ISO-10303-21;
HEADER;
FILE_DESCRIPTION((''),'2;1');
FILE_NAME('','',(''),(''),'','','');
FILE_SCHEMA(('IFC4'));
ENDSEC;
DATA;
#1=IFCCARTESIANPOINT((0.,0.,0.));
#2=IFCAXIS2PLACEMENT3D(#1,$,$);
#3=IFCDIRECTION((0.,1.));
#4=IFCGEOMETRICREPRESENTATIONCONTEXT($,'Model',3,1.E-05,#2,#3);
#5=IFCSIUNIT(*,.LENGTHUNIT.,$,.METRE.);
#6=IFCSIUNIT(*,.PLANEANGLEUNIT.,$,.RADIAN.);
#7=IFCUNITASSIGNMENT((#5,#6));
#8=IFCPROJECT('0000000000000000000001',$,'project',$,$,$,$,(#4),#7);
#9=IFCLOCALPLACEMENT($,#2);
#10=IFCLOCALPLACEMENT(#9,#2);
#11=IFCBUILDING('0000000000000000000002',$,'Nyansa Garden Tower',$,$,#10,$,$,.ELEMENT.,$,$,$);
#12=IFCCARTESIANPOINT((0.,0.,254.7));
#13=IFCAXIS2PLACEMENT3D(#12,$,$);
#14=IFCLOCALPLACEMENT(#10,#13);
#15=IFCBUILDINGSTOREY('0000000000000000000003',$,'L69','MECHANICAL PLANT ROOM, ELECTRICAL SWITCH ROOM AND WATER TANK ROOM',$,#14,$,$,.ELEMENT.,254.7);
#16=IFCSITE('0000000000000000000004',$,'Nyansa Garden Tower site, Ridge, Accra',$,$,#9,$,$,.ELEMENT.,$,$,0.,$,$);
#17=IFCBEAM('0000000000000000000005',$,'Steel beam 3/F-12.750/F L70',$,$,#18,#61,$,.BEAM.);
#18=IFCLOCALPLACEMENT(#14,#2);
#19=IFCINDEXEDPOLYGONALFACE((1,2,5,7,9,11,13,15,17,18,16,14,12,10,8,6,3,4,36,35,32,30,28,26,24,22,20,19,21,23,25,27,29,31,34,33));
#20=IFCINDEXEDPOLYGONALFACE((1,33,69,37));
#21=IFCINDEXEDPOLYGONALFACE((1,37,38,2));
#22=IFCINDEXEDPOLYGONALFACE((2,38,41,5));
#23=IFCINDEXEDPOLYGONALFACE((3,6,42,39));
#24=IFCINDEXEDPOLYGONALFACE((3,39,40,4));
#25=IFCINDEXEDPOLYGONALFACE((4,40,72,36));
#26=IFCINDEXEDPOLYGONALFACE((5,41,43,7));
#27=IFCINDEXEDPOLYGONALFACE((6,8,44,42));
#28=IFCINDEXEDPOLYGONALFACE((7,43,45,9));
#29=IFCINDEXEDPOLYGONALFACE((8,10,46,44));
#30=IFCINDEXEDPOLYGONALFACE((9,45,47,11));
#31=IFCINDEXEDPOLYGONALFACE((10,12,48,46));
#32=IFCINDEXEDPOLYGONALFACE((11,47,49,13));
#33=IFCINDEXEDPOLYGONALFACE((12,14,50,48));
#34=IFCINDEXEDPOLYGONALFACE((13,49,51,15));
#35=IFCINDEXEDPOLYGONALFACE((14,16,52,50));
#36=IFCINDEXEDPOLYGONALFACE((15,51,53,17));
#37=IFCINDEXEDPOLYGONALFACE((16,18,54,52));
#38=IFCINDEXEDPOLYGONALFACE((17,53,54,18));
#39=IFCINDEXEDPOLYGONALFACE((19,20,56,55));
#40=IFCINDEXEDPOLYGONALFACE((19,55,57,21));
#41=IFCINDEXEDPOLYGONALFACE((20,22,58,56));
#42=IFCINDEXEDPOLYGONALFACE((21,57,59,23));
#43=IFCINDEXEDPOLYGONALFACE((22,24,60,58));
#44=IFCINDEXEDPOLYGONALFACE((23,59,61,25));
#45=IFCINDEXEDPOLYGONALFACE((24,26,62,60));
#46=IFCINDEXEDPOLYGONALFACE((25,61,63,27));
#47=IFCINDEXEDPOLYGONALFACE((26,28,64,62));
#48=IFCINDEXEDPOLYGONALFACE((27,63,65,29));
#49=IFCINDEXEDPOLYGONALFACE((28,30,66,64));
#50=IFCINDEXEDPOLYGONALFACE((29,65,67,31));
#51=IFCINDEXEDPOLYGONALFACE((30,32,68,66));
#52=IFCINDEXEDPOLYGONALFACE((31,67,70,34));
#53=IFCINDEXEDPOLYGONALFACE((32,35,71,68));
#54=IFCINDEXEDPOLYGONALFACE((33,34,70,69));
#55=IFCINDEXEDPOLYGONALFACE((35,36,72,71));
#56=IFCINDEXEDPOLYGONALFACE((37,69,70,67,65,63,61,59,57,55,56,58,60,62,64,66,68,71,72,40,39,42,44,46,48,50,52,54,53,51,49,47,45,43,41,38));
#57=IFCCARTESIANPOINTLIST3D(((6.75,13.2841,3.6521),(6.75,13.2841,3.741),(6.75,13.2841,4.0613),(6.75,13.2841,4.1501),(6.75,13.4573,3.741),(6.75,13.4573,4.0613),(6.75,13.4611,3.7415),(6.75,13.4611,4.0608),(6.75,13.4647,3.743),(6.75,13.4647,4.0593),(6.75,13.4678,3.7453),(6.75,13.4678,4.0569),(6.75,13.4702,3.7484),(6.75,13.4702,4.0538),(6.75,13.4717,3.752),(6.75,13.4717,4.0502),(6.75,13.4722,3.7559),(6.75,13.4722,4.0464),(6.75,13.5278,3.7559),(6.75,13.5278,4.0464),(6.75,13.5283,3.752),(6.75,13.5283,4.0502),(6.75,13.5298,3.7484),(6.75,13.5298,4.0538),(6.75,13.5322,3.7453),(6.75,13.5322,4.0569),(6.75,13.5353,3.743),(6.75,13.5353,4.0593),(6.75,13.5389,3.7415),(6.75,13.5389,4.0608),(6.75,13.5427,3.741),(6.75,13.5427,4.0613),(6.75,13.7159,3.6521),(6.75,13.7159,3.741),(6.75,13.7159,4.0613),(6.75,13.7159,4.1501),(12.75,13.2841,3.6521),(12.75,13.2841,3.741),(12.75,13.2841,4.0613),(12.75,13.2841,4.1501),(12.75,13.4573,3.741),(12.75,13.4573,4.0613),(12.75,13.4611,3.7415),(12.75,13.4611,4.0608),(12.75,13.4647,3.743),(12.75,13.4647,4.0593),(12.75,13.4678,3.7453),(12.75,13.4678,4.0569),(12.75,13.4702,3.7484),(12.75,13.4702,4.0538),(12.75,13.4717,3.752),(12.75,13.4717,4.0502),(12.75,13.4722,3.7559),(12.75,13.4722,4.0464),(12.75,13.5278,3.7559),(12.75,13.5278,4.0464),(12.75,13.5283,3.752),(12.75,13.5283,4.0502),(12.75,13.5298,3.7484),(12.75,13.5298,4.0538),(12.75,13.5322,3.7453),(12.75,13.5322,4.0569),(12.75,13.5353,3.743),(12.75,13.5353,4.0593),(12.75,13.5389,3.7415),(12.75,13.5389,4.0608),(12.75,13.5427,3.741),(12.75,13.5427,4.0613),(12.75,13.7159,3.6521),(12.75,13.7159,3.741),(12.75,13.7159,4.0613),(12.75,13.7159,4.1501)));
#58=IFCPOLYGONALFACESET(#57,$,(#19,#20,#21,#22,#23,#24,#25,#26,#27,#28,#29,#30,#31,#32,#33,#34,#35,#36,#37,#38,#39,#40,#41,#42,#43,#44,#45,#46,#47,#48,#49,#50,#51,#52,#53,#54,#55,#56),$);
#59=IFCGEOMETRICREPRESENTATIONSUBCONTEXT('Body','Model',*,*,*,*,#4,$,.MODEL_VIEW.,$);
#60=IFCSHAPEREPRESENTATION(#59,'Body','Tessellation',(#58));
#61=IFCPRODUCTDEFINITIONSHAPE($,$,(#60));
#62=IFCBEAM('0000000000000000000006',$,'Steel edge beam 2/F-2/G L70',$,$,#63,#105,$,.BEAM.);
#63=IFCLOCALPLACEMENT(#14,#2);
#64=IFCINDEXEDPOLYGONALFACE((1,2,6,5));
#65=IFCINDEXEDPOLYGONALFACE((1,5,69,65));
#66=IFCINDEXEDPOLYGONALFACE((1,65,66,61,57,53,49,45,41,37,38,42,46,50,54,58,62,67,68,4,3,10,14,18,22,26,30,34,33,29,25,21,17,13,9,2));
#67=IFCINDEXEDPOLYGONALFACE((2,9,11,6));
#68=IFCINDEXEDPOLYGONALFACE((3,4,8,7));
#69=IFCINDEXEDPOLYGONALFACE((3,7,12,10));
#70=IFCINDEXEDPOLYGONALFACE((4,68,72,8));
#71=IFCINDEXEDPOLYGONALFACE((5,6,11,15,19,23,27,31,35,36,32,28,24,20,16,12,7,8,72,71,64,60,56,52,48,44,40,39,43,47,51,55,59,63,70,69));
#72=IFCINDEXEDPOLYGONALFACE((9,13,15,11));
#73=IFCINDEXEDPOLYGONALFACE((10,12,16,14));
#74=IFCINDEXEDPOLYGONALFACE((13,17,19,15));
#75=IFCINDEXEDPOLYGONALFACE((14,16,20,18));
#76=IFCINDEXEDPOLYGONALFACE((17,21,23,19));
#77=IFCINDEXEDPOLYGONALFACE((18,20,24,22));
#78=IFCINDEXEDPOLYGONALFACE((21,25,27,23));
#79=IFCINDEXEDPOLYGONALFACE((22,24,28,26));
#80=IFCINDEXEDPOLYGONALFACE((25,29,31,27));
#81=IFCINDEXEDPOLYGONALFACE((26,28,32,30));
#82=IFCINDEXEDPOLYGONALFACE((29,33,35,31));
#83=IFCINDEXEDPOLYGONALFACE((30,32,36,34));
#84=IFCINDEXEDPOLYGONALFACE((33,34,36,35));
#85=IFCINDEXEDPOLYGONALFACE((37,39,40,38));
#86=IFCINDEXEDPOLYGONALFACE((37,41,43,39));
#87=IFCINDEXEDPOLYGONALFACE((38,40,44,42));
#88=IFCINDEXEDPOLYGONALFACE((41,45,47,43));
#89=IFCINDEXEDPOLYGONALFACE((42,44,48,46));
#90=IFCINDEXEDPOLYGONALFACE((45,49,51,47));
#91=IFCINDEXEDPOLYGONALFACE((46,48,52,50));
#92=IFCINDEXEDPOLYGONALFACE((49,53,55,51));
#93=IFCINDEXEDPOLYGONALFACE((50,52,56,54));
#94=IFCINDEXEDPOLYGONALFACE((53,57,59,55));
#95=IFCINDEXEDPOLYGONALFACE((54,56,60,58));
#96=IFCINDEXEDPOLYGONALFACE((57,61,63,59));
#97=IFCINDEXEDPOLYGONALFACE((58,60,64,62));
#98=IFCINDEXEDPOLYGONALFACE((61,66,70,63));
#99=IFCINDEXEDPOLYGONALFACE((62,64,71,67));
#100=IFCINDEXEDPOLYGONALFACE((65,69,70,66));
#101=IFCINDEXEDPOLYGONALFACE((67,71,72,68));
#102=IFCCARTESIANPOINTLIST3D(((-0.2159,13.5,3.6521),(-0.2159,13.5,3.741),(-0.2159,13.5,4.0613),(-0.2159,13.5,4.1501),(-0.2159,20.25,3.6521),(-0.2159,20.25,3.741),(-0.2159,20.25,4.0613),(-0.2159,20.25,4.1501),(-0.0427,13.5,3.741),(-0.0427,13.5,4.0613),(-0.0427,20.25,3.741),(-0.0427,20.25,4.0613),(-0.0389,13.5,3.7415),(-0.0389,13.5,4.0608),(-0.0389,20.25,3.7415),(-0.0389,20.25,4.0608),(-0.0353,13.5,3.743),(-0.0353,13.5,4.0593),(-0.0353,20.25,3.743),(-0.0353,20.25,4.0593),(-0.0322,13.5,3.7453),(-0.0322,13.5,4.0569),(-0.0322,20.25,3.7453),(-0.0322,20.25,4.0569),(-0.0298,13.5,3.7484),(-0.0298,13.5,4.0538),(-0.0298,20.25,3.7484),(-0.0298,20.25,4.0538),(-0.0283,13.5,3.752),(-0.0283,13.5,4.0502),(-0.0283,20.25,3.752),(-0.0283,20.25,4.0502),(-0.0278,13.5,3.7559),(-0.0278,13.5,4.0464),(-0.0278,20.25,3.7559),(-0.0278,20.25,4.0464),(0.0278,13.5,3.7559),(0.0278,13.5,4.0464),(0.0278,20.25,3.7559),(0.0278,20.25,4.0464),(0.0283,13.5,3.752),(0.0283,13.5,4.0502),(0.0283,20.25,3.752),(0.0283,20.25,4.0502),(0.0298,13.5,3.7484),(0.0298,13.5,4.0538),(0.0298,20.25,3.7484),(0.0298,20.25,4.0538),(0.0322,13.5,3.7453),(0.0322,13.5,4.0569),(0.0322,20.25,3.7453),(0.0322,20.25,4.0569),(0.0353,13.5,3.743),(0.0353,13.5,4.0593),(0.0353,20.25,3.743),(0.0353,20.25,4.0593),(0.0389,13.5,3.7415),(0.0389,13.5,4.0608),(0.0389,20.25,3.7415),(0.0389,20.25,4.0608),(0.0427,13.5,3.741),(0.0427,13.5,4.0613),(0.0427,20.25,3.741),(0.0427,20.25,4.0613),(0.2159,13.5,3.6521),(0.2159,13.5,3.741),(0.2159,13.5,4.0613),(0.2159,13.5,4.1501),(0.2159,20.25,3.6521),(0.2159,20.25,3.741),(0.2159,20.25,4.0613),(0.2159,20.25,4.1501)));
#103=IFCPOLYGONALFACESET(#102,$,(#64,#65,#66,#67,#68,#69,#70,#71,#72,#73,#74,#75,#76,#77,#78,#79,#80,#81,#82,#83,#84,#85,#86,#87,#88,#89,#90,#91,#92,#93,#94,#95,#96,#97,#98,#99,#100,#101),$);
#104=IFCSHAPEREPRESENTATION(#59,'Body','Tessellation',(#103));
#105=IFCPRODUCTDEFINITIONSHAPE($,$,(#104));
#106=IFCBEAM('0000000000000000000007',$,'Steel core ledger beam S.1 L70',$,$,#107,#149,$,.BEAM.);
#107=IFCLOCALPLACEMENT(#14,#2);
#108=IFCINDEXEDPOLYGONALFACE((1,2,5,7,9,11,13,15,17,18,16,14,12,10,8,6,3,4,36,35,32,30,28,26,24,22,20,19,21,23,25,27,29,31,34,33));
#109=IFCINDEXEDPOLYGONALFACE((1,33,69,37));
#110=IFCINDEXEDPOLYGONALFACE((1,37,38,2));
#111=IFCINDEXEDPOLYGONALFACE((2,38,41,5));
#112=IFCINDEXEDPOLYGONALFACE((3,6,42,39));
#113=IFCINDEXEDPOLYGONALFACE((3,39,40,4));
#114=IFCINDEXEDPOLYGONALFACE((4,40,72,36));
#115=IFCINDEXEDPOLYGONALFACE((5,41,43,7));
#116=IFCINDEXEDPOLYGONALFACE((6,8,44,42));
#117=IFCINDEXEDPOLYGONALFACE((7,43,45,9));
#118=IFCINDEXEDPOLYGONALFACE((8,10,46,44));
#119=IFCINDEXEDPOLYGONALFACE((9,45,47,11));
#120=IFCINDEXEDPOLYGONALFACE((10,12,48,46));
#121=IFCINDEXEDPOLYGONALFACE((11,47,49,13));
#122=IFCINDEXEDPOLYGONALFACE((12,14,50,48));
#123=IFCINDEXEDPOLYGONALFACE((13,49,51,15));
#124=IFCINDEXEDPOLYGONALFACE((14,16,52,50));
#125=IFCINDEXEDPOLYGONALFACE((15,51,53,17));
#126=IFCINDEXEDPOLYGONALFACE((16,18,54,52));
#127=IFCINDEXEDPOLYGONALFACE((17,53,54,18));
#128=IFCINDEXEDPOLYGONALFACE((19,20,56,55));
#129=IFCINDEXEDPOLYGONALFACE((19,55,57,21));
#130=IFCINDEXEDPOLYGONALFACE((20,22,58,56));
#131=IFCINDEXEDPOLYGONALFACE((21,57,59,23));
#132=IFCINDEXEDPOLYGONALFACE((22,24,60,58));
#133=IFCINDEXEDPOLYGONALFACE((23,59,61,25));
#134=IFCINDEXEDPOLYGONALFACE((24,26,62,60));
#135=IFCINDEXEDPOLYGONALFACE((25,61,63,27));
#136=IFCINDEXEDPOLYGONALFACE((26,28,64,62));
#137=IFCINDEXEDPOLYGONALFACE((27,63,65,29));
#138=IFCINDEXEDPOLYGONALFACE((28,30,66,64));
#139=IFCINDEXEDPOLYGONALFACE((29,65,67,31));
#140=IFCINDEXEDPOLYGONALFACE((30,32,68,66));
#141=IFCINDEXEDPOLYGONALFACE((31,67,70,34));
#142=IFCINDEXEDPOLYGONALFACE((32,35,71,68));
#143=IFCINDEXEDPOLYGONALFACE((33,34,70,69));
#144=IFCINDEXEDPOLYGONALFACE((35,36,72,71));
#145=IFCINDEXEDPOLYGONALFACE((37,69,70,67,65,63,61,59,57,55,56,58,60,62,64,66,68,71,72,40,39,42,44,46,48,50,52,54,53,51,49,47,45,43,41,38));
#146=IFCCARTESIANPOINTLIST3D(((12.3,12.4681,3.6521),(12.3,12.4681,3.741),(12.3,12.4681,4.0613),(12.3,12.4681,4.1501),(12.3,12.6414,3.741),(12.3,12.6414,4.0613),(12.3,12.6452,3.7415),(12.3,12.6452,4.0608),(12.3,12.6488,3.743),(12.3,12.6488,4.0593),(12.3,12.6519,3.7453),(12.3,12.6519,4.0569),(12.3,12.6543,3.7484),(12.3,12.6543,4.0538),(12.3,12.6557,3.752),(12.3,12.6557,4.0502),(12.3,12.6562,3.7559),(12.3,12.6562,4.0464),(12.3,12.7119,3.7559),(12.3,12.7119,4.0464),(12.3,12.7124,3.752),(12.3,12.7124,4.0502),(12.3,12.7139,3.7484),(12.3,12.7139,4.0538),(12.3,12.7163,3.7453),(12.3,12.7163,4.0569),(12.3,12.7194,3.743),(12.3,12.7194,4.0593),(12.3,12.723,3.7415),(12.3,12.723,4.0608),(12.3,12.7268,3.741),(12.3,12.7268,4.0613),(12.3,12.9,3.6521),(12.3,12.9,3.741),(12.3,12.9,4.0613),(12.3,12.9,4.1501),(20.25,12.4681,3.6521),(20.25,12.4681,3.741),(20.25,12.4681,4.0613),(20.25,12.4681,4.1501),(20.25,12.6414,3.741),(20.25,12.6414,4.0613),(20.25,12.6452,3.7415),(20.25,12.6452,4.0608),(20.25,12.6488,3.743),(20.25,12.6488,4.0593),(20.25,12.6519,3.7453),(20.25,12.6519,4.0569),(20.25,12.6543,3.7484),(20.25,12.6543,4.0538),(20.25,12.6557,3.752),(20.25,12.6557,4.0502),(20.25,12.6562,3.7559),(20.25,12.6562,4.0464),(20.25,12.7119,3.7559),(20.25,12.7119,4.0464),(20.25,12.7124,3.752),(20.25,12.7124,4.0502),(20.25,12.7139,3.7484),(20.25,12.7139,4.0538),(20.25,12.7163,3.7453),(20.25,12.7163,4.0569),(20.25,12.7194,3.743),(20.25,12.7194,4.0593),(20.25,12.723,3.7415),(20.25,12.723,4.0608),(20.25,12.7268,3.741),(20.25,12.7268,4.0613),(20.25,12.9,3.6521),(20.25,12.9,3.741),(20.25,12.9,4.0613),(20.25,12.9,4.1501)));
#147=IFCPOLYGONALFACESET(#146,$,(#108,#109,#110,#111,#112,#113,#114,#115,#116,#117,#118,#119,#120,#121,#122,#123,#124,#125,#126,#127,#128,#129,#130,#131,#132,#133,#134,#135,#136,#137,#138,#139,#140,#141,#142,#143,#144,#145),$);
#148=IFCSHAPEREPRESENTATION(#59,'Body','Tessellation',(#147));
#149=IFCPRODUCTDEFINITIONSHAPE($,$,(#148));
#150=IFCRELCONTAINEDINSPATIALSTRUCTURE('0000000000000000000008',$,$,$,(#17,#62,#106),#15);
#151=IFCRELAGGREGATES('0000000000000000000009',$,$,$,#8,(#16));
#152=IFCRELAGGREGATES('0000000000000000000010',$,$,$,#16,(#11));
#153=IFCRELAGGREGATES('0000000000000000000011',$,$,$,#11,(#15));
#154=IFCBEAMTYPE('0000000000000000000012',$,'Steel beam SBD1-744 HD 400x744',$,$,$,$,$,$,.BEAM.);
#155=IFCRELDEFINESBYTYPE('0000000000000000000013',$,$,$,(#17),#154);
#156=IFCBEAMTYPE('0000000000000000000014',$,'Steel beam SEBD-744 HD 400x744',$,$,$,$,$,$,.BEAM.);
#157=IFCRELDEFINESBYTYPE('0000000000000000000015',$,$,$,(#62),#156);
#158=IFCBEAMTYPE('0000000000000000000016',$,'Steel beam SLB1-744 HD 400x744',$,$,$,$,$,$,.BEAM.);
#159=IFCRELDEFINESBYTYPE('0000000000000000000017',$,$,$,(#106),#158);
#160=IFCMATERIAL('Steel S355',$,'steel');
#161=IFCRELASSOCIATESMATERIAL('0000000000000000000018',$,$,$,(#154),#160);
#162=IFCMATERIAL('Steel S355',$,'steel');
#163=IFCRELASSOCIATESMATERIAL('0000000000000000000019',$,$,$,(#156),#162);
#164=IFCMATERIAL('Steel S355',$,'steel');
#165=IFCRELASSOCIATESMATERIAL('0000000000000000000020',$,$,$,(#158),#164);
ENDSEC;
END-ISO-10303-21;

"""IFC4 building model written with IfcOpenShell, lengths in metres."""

from ifc_helpers import new_model, si_unit, direction, frame, origin, origin_2d, place, context, subcontext, project, spatial, i_section, extrude, material, material_profile, profile_set, type_object, element, save


model = new_model("IFC4")

# Units and contexts
model_context = context("Model", 3, precision=1e-05, world=origin(), true_north=direction((0.0, 1.0)))
body_context = subcontext(model_context, "Body", "Model", "MODEL_VIEW")
ifc_project = project(units=[si_unit("LENGTHUNIT", "METRE"), si_unit("PLANEANGLEUNIT", "RADIAN")], contexts=[model_context])

# Site, building, storey
site_placement = place(None, origin())
site = spatial("IfcSite", under=ifc_project, at=site_placement, Name="Nyansa Garden Tower site, Ridge, Accra", CompositionType="ELEMENT", RefElevation=0.0)
building_placement = place(site_placement, origin())
building = spatial("IfcBuilding", under=site, at=building_placement, Name="Nyansa Garden Tower", CompositionType="ELEMENT")
storey_placement = place(building_placement, frame((0.0, 0.0, 254.7)))
storey = spatial("IfcBuildingStorey", under=building, at=storey_placement, Name="L69", Description="MECHANICAL PLANT ROOM, ELECTRICAL SWITCH ROOM AND WATER TANK ROOM", CompositionType="ELEMENT", Elevation=254.7)

# Beams
ifc_material_1 = material(Name="Steel S355", Category="steel")
ifc_material_profile_1 = material_profile(ifc_material_1, i_section(OverallWidth=0.4319, OverallDepth=0.498, WebThickness=0.0557, FlangeThickness=0.0889, FilletRadius=0.0149, at=origin_2d()), Name="HD 400x744")
ifc_profile_set_1 = profile_set([ifc_material_profile_1], Name="Steel S355")
beam_type_1 = type_object("IfcBeamType", Name="Steel beam SBD1-744 HD 400x744", PredefinedType="BEAM", material=ifc_profile_set_1)
beam_1_placement = place(storey_placement, frame((6.75, 13.5, 3.9011), z_axis=(1.0, 0.0, 0.0), x_axis=(0.0, 1.0, 0.0)))
element("IfcBeam", 1, at=beam_1_placement, inside=storey, type_object=beam_type_1, Name="Steel beam 3/F-12.750/F L70", PredefinedType="BEAM", context=body_context, shape_type="SweptSolid", body=[
    extrude(i_section(OverallWidth=0.4319, OverallDepth=0.498, WebThickness=0.0557, FlangeThickness=0.0889, FilletRadius=0.0149, at=origin_2d()), origin(), (0.0, 0.0, 1.0), 6.0),
])
ifc_material_2 = material(Name="Steel S355", Category="steel")
ifc_material_profile_2 = material_profile(ifc_material_2, i_section(OverallWidth=0.4319, OverallDepth=0.498, WebThickness=0.0557, FlangeThickness=0.0889, FilletRadius=0.0149, at=origin_2d()), Name="HD 400x744")
ifc_profile_set_2 = profile_set([ifc_material_profile_2], Name="Steel S355")
beam_type_2 = type_object("IfcBeamType", Name="Steel beam SEBD-744 HD 400x744", PredefinedType="BEAM", material=ifc_profile_set_2)
beam_2_placement = place(storey_placement, frame((0.0, 13.5, 3.9011), z_axis=(0.0, 1.0, 0.0), x_axis=(-1.0, 0.0, 0.0)))
element("IfcBeam", 2, at=beam_2_placement, inside=storey, type_object=beam_type_2, Name="Steel edge beam 2/F-2/G L70", PredefinedType="BEAM", context=body_context, shape_type="SweptSolid", body=[
    extrude(i_section(OverallWidth=0.4319, OverallDepth=0.498, WebThickness=0.0557, FlangeThickness=0.0889, FilletRadius=0.0149, at=origin_2d()), origin(), (0.0, 0.0, 1.0), 6.75),
])
ifc_material_3 = material(Name="Steel S355", Category="steel")
ifc_material_profile_3 = material_profile(ifc_material_3, i_section(OverallWidth=0.4319, OverallDepth=0.498, WebThickness=0.0557, FlangeThickness=0.0889, FilletRadius=0.0149, at=origin_2d()), Name="HD 400x744")
ifc_profile_set_3 = profile_set([ifc_material_profile_3], Name="Steel S355")
beam_type_3 = type_object("IfcBeamType", Name="Steel beam SLB1-744 HD 400x744", PredefinedType="BEAM", material=ifc_profile_set_3)
beam_3_placement = place(storey_placement, frame((12.3, 12.6841, 3.9011), z_axis=(1.0, 0.0, 0.0), x_axis=(0.0, 1.0, 0.0)))
element("IfcBeam", 3, at=beam_3_placement, inside=storey, type_object=beam_type_3, Name="Steel core ledger beam S.1 L70", PredefinedType="BEAM", context=body_context, shape_type="SweptSolid", body=[
    extrude(i_section(OverallWidth=0.4319, OverallDepth=0.498, WebThickness=0.0557, FlangeThickness=0.0889, FilletRadius=0.0149, at=origin_2d()), origin(), (0.0, 0.0, 1.0), 7.95),
])

save(model, "model.ifc")
